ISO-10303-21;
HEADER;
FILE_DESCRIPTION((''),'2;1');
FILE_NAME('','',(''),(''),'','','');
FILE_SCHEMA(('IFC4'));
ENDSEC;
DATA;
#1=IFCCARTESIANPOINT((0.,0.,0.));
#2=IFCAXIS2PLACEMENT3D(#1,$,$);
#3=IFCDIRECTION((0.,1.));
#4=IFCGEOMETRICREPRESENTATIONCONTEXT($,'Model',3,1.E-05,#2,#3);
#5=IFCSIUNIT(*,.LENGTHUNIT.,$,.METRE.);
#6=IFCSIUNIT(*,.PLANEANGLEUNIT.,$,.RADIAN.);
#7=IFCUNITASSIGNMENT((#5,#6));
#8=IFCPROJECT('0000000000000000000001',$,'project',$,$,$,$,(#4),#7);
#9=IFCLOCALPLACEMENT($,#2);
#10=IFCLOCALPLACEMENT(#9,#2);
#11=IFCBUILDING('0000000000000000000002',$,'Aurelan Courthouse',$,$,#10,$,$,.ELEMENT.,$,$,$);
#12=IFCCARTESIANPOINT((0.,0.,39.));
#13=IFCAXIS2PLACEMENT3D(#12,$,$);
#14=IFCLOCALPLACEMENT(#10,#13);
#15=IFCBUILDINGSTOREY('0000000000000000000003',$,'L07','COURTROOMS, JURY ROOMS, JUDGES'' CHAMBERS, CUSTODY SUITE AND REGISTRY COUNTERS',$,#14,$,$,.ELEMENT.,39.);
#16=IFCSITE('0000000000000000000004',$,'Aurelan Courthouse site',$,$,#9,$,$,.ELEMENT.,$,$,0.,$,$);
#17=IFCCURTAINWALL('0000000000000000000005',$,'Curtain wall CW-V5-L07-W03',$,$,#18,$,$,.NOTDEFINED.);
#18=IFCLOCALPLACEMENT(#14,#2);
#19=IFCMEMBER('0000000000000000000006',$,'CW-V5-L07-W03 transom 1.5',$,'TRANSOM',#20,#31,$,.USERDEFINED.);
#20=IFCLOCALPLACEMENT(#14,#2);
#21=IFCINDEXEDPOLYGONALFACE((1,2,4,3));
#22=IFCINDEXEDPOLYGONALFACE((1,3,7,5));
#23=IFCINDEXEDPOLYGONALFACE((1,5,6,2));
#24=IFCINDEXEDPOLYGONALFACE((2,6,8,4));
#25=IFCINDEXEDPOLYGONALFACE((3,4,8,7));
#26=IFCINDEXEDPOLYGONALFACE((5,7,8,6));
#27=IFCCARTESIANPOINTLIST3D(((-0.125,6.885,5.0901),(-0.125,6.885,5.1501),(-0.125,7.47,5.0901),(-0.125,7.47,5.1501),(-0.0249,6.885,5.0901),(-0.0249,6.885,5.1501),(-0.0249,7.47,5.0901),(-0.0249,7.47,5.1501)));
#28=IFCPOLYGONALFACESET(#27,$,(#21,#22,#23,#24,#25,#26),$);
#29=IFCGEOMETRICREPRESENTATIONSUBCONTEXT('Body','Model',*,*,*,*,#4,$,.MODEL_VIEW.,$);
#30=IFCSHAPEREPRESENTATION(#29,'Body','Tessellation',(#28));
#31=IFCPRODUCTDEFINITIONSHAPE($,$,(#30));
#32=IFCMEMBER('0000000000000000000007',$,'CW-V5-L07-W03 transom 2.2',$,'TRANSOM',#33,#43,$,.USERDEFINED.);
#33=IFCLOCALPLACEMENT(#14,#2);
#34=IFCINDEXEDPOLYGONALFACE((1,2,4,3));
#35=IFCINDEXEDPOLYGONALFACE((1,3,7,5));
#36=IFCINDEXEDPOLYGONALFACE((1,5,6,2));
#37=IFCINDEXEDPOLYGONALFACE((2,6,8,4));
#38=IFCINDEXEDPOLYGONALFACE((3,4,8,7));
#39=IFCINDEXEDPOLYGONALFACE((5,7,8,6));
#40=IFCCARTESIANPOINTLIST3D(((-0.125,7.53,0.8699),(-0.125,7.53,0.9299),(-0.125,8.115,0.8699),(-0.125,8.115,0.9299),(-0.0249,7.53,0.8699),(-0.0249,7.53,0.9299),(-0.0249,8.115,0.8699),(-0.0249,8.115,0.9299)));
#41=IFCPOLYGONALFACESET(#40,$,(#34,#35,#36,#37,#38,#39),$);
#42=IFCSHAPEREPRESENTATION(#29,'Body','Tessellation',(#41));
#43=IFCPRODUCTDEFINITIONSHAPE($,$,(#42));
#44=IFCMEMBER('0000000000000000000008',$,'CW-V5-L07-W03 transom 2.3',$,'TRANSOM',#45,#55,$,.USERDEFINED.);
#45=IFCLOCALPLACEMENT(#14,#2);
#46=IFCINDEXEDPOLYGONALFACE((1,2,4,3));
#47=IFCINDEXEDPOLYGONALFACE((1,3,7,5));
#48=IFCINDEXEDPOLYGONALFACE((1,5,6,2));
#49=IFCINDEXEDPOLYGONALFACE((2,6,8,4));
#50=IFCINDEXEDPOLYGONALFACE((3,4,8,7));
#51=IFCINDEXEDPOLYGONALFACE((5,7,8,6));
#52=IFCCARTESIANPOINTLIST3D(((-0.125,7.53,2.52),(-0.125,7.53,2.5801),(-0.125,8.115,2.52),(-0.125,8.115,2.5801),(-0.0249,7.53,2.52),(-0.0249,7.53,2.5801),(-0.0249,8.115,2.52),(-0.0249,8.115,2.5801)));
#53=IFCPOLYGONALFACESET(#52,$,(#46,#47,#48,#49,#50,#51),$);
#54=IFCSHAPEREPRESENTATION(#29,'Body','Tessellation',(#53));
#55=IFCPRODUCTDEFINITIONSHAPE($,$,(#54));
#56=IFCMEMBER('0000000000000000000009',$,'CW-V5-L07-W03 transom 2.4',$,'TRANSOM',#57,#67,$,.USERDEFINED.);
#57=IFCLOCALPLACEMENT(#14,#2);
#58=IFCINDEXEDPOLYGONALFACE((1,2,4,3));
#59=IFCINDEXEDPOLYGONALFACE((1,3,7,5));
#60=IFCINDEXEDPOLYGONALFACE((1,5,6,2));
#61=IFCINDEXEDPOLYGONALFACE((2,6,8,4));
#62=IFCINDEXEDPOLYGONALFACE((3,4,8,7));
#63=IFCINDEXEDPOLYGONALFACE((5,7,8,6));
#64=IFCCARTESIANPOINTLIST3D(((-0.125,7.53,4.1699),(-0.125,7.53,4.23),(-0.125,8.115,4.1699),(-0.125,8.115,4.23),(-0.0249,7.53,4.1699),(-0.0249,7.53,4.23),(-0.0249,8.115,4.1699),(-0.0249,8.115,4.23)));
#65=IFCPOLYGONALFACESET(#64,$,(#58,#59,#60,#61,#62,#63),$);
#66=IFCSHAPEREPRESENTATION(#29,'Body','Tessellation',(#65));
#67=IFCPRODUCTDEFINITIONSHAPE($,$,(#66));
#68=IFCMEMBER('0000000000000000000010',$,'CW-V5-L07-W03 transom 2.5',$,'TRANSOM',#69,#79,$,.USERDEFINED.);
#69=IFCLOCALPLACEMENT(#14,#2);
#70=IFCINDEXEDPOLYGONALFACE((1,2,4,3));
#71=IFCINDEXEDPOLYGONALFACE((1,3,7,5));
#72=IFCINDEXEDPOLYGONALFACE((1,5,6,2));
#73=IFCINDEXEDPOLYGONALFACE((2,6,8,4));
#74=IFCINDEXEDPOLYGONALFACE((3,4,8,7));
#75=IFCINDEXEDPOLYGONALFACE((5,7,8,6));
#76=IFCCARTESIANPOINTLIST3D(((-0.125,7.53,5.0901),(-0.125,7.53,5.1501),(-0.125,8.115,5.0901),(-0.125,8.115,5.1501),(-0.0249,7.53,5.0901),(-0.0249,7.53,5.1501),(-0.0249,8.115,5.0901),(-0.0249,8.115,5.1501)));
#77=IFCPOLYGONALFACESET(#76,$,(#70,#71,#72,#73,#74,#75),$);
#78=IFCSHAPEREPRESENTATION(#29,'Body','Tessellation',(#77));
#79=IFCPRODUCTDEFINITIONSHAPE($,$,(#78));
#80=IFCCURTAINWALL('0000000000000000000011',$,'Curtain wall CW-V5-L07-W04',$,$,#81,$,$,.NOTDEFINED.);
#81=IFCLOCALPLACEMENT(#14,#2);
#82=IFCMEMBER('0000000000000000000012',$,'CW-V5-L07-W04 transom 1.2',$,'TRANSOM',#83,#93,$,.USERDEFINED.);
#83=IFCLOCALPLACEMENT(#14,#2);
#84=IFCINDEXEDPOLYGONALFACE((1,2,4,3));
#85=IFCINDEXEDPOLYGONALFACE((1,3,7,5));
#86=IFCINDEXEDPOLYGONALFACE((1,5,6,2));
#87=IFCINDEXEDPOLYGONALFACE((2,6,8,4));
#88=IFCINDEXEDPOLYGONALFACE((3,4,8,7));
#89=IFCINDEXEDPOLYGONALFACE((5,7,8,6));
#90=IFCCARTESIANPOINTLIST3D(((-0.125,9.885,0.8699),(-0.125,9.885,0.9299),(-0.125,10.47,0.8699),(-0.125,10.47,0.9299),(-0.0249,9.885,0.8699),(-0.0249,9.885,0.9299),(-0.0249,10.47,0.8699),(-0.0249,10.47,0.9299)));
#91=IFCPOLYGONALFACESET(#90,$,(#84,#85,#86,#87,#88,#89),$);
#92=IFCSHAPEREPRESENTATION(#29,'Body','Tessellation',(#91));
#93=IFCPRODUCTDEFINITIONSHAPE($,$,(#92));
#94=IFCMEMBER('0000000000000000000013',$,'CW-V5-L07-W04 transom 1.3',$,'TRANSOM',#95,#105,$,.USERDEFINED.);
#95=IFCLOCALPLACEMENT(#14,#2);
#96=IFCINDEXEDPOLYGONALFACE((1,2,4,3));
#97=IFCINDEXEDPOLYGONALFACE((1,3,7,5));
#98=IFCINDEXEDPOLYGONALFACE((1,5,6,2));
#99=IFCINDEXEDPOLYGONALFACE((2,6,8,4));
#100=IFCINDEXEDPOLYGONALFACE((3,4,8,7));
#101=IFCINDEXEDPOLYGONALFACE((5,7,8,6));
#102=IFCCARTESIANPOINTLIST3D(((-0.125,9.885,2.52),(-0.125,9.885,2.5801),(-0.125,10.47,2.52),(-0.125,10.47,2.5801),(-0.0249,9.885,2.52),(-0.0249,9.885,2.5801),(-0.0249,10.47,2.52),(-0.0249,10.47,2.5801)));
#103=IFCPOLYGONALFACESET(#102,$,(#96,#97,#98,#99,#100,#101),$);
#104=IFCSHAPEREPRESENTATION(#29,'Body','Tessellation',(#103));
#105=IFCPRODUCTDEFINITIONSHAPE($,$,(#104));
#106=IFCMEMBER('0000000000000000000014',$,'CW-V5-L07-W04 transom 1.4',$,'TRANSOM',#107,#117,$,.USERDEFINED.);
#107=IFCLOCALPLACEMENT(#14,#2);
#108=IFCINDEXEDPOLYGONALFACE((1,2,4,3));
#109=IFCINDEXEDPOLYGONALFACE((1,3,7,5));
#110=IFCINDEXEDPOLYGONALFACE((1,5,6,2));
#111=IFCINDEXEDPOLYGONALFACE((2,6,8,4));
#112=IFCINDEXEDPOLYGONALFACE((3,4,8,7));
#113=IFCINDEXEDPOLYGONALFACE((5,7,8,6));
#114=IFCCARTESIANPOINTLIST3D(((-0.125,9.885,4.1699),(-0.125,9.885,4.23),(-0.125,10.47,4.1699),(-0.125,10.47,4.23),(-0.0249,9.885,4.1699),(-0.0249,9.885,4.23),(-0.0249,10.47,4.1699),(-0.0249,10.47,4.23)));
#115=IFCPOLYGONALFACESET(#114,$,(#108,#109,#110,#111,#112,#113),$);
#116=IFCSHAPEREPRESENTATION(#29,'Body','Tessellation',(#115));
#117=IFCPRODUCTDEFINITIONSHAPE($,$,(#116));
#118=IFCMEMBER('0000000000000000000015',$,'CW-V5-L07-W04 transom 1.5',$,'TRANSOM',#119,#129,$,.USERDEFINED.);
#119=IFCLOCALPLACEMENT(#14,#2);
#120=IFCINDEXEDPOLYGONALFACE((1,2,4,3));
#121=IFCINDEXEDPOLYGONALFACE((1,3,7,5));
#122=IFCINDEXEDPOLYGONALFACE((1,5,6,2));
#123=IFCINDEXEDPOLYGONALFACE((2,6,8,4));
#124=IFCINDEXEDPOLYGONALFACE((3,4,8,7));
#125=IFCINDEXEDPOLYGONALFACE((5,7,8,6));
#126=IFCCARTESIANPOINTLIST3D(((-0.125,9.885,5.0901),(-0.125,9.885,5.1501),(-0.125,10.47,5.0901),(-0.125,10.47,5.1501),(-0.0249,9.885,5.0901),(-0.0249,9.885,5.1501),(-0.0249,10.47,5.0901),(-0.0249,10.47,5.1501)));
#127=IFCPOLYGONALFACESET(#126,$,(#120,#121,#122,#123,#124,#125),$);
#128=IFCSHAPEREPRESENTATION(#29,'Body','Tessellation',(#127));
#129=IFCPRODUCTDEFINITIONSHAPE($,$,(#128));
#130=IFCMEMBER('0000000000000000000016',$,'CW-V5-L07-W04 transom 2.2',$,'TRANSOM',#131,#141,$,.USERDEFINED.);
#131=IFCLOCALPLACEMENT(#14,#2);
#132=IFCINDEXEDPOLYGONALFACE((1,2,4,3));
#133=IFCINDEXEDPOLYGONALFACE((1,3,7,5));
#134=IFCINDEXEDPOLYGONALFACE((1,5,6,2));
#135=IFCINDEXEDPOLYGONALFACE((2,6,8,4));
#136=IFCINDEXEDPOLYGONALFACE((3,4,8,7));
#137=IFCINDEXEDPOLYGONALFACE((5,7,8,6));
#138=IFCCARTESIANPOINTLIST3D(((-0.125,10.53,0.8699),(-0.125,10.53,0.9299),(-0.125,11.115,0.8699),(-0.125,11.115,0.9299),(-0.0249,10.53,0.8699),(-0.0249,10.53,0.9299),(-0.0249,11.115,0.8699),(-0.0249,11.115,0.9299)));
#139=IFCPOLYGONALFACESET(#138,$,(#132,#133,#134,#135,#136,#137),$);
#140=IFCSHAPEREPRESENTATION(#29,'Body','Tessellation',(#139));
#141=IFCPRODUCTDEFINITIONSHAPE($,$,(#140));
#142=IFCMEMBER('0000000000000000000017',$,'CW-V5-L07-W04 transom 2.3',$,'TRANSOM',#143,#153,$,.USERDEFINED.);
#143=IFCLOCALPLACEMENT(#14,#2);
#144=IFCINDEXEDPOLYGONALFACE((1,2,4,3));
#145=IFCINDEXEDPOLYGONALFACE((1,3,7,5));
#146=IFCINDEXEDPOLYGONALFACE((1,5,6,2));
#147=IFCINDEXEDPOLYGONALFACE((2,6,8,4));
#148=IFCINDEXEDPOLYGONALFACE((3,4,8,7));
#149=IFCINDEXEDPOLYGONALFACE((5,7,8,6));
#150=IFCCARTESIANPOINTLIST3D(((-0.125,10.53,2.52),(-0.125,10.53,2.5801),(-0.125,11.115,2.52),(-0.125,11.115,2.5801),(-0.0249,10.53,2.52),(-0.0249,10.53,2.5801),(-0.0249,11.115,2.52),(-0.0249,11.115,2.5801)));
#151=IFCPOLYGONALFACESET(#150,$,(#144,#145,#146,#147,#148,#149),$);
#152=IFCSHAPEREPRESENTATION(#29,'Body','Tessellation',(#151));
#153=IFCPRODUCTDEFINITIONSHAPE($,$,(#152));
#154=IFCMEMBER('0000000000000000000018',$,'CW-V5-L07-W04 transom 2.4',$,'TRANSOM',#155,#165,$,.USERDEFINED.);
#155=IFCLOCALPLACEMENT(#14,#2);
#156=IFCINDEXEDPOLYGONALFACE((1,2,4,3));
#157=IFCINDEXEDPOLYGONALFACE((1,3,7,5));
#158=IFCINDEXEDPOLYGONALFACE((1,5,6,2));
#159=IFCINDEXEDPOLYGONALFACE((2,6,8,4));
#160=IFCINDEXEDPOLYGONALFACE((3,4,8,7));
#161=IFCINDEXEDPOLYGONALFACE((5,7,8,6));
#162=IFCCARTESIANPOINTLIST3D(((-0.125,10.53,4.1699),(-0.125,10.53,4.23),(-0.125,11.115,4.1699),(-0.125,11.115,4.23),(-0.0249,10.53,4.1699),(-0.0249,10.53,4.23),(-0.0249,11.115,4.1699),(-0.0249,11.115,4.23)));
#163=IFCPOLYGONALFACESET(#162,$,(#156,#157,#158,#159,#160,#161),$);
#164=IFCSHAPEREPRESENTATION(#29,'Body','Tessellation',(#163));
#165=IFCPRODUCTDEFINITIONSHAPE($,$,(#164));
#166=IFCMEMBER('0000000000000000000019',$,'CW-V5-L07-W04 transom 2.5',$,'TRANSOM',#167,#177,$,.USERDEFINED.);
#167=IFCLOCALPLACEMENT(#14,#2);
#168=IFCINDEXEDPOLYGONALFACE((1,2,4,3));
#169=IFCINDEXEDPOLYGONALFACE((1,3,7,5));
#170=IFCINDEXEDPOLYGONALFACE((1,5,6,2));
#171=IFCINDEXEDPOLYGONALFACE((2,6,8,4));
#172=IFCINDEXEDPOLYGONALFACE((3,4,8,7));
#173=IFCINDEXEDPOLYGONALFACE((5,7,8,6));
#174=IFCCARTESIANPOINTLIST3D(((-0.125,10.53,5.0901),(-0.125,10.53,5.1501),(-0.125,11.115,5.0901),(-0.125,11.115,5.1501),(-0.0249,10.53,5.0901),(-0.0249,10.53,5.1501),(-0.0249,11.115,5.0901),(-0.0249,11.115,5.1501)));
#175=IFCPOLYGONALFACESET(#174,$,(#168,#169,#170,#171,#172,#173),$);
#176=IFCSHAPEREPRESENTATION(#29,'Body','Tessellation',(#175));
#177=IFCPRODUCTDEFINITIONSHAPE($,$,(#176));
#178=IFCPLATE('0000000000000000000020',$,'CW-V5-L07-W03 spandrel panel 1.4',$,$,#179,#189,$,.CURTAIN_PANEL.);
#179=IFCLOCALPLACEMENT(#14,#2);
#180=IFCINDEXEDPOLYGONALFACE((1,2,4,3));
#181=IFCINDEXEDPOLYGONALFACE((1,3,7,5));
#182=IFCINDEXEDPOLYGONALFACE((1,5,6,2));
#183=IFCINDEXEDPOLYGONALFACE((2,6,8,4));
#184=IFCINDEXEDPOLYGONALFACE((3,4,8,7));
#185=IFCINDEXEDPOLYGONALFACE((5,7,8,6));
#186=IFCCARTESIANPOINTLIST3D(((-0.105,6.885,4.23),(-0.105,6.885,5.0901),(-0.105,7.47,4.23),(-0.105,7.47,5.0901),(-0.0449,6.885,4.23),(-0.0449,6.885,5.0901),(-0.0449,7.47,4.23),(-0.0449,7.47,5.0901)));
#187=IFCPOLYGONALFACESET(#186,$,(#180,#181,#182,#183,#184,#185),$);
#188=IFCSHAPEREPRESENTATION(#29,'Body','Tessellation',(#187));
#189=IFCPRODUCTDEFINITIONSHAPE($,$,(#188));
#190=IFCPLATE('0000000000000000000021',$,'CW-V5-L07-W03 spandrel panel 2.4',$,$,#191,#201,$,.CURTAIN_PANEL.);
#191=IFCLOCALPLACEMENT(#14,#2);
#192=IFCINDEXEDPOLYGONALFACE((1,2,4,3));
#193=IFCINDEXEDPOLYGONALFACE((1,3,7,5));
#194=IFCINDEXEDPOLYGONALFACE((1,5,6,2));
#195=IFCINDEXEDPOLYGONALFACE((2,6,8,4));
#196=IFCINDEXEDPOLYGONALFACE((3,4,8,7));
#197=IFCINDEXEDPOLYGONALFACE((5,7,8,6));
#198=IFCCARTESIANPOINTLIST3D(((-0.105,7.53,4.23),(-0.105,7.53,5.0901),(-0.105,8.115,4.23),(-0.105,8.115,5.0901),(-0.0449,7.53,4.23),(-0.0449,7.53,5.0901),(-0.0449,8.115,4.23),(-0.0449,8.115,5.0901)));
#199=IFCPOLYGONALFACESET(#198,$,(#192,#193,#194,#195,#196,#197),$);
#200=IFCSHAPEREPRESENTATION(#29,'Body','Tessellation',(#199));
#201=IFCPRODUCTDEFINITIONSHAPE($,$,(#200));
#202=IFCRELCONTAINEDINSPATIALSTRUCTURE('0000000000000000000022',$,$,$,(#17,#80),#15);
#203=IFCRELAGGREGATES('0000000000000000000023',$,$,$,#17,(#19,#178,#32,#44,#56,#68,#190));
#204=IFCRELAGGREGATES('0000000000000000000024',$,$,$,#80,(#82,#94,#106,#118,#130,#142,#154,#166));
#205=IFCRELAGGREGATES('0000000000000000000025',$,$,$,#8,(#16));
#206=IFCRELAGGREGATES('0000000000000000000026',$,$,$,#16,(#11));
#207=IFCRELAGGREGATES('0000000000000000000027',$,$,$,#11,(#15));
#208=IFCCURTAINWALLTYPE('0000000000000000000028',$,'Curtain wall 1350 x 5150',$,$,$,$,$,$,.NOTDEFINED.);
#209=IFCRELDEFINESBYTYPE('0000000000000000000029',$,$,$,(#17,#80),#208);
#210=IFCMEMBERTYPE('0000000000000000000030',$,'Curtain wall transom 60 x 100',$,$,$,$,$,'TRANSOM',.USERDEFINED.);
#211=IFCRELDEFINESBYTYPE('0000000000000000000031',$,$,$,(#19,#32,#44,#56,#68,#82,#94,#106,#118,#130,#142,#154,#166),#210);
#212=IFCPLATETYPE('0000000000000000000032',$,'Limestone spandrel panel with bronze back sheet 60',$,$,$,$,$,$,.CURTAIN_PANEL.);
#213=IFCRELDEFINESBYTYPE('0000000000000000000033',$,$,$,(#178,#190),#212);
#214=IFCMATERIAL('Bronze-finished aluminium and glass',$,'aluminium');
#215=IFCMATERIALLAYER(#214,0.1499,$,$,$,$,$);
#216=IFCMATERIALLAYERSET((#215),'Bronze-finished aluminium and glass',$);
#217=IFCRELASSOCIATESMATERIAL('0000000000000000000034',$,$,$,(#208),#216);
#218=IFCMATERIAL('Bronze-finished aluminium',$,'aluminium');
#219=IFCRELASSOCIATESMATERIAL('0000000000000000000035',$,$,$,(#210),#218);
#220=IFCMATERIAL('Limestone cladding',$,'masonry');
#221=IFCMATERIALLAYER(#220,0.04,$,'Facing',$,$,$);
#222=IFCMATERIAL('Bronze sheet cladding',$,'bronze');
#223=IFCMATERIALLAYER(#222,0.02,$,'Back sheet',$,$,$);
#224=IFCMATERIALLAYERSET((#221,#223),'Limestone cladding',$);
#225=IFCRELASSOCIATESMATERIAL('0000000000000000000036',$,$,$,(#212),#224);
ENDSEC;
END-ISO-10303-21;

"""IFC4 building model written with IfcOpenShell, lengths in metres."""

from ifc_helpers import new_model, si_unit, direction, frame, origin, origin_2d, place, context, subcontext, project, spatial, rectangle, extrude, material, layer, layer_set, material_profile, profile_set, type_object, element, aggregate, save


model = new_model("IFC4")

# Units and contexts
model_context = context("Model", 3, precision=1e-05, world=origin(), true_north=direction((0.0, 1.0)))
body_context = subcontext(model_context, "Body", "Model", "MODEL_VIEW")
ifc_project = project(units=[si_unit("LENGTHUNIT", "METRE"), si_unit("PLANEANGLEUNIT", "RADIAN")], contexts=[model_context])

# Site, building, storey
site_placement = place(None, origin())
site = spatial("IfcSite", under=ifc_project, at=site_placement, Name="Aurelan Courthouse site", CompositionType="ELEMENT", RefElevation=0.0)
building_placement = place(site_placement, origin())
building = spatial("IfcBuilding", under=site, at=building_placement, Name="Aurelan Courthouse", CompositionType="ELEMENT")
storey_placement = place(building_placement, frame((0.0, 0.0, 39.0)))
storey = spatial("IfcBuildingStorey", under=building, at=storey_placement, Name="L07", Description="COURTROOMS, JURY ROOMS, JUDGES' CHAMBERS, CUSTODY SUITE AND REGISTRY COUNTERS", CompositionType="ELEMENT", Elevation=39.0)

# Curtain walls, members
ifc_material_1 = material(Name="Bronze-finished aluminium and glass", Category="aluminium")
ifc_layer_1 = layer(ifc_material_1, 0.1499)
ifc_layer_set_1 = layer_set([ifc_layer_1], Name="Bronze-finished aluminium and glass")
curtain_wall_type = type_object("IfcCurtainWallType", Name="Curtain wall 1350 x 5150", PredefinedType="NOTDEFINED", material=ifc_layer_set_1)
curtain_wall_1_placement = place(storey_placement, origin())
curtain_wall_1 = element("IfcCurtainWall", 1, at=curtain_wall_1_placement, inside=storey, type_object=curtain_wall_type, Name="Curtain wall CW-V5-L07-W03", PredefinedType="NOTDEFINED")
ifc_material_2 = material(Name="Bronze-finished aluminium", Category="aluminium")
ifc_material_profile = material_profile(ifc_material_2, rectangle(XDim=0.1001, YDim=0.0601, at=origin_2d()), Name="Bronze transom 60 x 100")
ifc_profile_set = profile_set([ifc_material_profile], Name="Bronze-finished aluminium")
member_type = type_object("IfcMemberType", Name="Curtain wall transom 60 x 100", ElementType="TRANSOM", PredefinedType="USERDEFINED", material=ifc_profile_set)
member_1_placement = place(storey_placement, frame((-0.075, 6.885, 5.1201), z_axis=(0.0, 1.0, 0.0), x_axis=(-1.0, 0.0, 0.0)))
member_1 = element("IfcMember", 2, at=member_1_placement, type_object=member_type, Name="CW-V5-L07-W03 transom 1.5", ObjectType="TRANSOM", PredefinedType="USERDEFINED", context=body_context, shape_type="SweptSolid", body=[
    extrude(rectangle(XDim=0.1001, YDim=0.0601, at=origin_2d()), origin(), (0.0, 0.0, 1.0), 0.585),
])
member_2_placement = place(storey_placement, frame((-0.075, 7.53, 0.8999), z_axis=(0.0, 1.0, 0.0), x_axis=(-1.0, 0.0, 0.0)))
member_2 = element("IfcMember", 3, at=member_2_placement, type_object=member_type, Name="CW-V5-L07-W03 transom 2.2", ObjectType="TRANSOM", PredefinedType="USERDEFINED", context=body_context, shape_type="SweptSolid", body=[
    extrude(rectangle(XDim=0.1001, YDim=0.0601, at=origin_2d()), origin(), (0.0, 0.0, 1.0), 0.585),
])
member_3_placement = place(storey_placement, frame((-0.075, 7.53, 2.55), z_axis=(0.0, 1.0, 0.0), x_axis=(-1.0, 0.0, 0.0)))
member_3 = element("IfcMember", 4, at=member_3_placement, type_object=member_type, Name="CW-V5-L07-W03 transom 2.3", ObjectType="TRANSOM", PredefinedType="USERDEFINED", context=body_context, shape_type="SweptSolid", body=[
    extrude(rectangle(XDim=0.1001, YDim=0.0601, at=origin_2d()), origin(), (0.0, 0.0, 1.0), 0.585),
])
member_4_placement = place(storey_placement, frame((-0.075, 7.53, 4.2), z_axis=(0.0, 1.0, 0.0), x_axis=(-1.0, 0.0, 0.0)))
member_4 = element("IfcMember", 5, at=member_4_placement, type_object=member_type, Name="CW-V5-L07-W03 transom 2.4", ObjectType="TRANSOM", PredefinedType="USERDEFINED", context=body_context, shape_type="SweptSolid", body=[
    extrude(rectangle(XDim=0.1001, YDim=0.0601, at=origin_2d()), origin(), (0.0, 0.0, 1.0), 0.585),
])
member_5_placement = place(storey_placement, frame((-0.075, 7.53, 5.1201), z_axis=(0.0, 1.0, 0.0), x_axis=(-1.0, 0.0, 0.0)))
member_5 = element("IfcMember", 6, at=member_5_placement, type_object=member_type, Name="CW-V5-L07-W03 transom 2.5", ObjectType="TRANSOM", PredefinedType="USERDEFINED", context=body_context, shape_type="SweptSolid", body=[
    extrude(rectangle(XDim=0.1001, YDim=0.0601, at=origin_2d()), origin(), (0.0, 0.0, 1.0), 0.585),
])
curtain_wall_2_placement = place(storey_placement, origin())
curtain_wall_2 = element("IfcCurtainWall", 7, at=curtain_wall_2_placement, inside=storey, type_object=curtain_wall_type, Name="Curtain wall CW-V5-L07-W04", PredefinedType="NOTDEFINED")
member_6_placement = place(storey_placement, frame((-0.075, 9.885, 0.8999), z_axis=(0.0, 1.0, 0.0), x_axis=(-1.0, 0.0, 0.0)))
member_6 = element("IfcMember", 8, at=member_6_placement, type_object=member_type, Name="CW-V5-L07-W04 transom 1.2", ObjectType="TRANSOM", PredefinedType="USERDEFINED", context=body_context, shape_type="SweptSolid", body=[
    extrude(rectangle(XDim=0.1001, YDim=0.0601, at=origin_2d()), origin(), (0.0, 0.0, 1.0), 0.585),
])
member_7_placement = place(storey_placement, frame((-0.075, 9.885, 2.55), z_axis=(0.0, 1.0, 0.0), x_axis=(-1.0, 0.0, 0.0)))
member_7 = element("IfcMember", 9, at=member_7_placement, type_object=member_type, Name="CW-V5-L07-W04 transom 1.3", ObjectType="TRANSOM", PredefinedType="USERDEFINED", context=body_context, shape_type="SweptSolid", body=[
    extrude(rectangle(XDim=0.1001, YDim=0.0601, at=origin_2d()), origin(), (0.0, 0.0, 1.0), 0.585),
])
member_8_placement = place(storey_placement, frame((-0.075, 9.885, 4.2), z_axis=(0.0, 1.0, 0.0), x_axis=(-1.0, 0.0, 0.0)))
member_8 = element("IfcMember", 10, at=member_8_placement, type_object=member_type, Name="CW-V5-L07-W04 transom 1.4", ObjectType="TRANSOM", PredefinedType="USERDEFINED", context=body_context, shape_type="SweptSolid", body=[
    extrude(rectangle(XDim=0.1001, YDim=0.0601, at=origin_2d()), origin(), (0.0, 0.0, 1.0), 0.585),
])
member_9_placement = place(storey_placement, frame((-0.075, 9.885, 5.1201), z_axis=(0.0, 1.0, 0.0), x_axis=(-1.0, 0.0, 0.0)))
member_9 = element("IfcMember", 11, at=member_9_placement, type_object=member_type, Name="CW-V5-L07-W04 transom 1.5", ObjectType="TRANSOM", PredefinedType="USERDEFINED", context=body_context, shape_type="SweptSolid", body=[
    extrude(rectangle(XDim=0.1001, YDim=0.0601, at=origin_2d()), origin(), (0.0, 0.0, 1.0), 0.585),
])
member_10_placement = place(storey_placement, frame((-0.075, 10.53, 0.8999), z_axis=(0.0, 1.0, 0.0), x_axis=(-1.0, 0.0, 0.0)))
member_10 = element("IfcMember", 12, at=member_10_placement, type_object=member_type, Name="CW-V5-L07-W04 transom 2.2", ObjectType="TRANSOM", PredefinedType="USERDEFINED", context=body_context, shape_type="SweptSolid", body=[
    extrude(rectangle(XDim=0.1001, YDim=0.0601, at=origin_2d()), origin(), (0.0, 0.0, 1.0), 0.585),
])
member_11_placement = place(storey_placement, frame((-0.075, 10.53, 2.55), z_axis=(0.0, 1.0, 0.0), x_axis=(-1.0, 0.0, 0.0)))
member_11 = element("IfcMember", 13, at=member_11_placement, type_object=member_type, Name="CW-V5-L07-W04 transom 2.3", ObjectType="TRANSOM", PredefinedType="USERDEFINED", context=body_context, shape_type="SweptSolid", body=[
    extrude(rectangle(XDim=0.1001, YDim=0.0601, at=origin_2d()), origin(), (0.0, 0.0, 1.0), 0.585),
])
member_12_placement = place(storey_placement, frame((-0.075, 10.53, 4.2), z_axis=(0.0, 1.0, 0.0), x_axis=(-1.0, 0.0, 0.0)))
member_12 = element("IfcMember", 14, at=member_12_placement, type_object=member_type, Name="CW-V5-L07-W04 transom 2.4", ObjectType="TRANSOM", PredefinedType="USERDEFINED", context=body_context, shape_type="SweptSolid", body=[
    extrude(rectangle(XDim=0.1001, YDim=0.0601, at=origin_2d()), origin(), (0.0, 0.0, 1.0), 0.585),
])
member_13_placement = place(storey_placement, frame((-0.075, 10.53, 5.1201), z_axis=(0.0, 1.0, 0.0), x_axis=(-1.0, 0.0, 0.0)))
member_13 = element("IfcMember", 15, at=member_13_placement, type_object=member_type, Name="CW-V5-L07-W04 transom 2.5", ObjectType="TRANSOM", PredefinedType="USERDEFINED", context=body_context, shape_type="SweptSolid", body=[
    extrude(rectangle(XDim=0.1001, YDim=0.0601, at=origin_2d()), origin(), (0.0, 0.0, 1.0), 0.585),
])

# Plates
ifc_material_3 = material(Name="Limestone cladding", Category="masonry")
ifc_layer_2 = layer(ifc_material_3, 0.04, Name="Facing")
ifc_material_4 = material(Name="Bronze sheet cladding", Category="bronze")
ifc_layer_3 = layer(ifc_material_4, 0.02, Name="Back sheet")
ifc_layer_set_2 = layer_set([ifc_layer_2, ifc_layer_3], Name="Limestone cladding")
plate_type_1 = type_object("IfcPlateType", Name="Limestone spandrel panel with bronze back sheet 60", PredefinedType="CURTAIN_PANEL", material=ifc_layer_set_2)
plate_1_placement = place(storey_placement, frame((-0.075, 7.1775, 4.23), z_axis=(0.0, 0.0, 1.0), x_axis=(0.0, 1.0, 0.0)))
plate_1 = element("IfcPlate", 16, at=plate_1_placement, type_object=plate_type_1, Name="CW-V5-L07-W03 spandrel panel 1.4", PredefinedType="CURTAIN_PANEL", context=body_context, shape_type="SweptSolid", body=[
    extrude(rectangle(XDim=0.585, YDim=0.0601, at=origin_2d()), origin(), (0.0, 0.0, 1.0), 0.8601),
])
plate_2_placement = place(storey_placement, frame((-0.075, 7.8225, 4.23), z_axis=(0.0, 0.0, 1.0), x_axis=(0.0, 1.0, 0.0)))
plate_2 = element("IfcPlate", 17, at=plate_2_placement, type_object=plate_type_1, Name="CW-V5-L07-W03 spandrel panel 2.4", PredefinedType="CURTAIN_PANEL", context=body_context, shape_type="SweptSolid", body=[
    extrude(rectangle(XDim=0.585, YDim=0.0601, at=origin_2d()), origin(), (0.0, 0.0, 1.0), 0.8601),
])
aggregate(curtain_wall_1, [member_1, plate_1, member_2, member_3, member_4, member_5, plate_2])
aggregate(curtain_wall_2, [member_6, member_7, member_8, member_9, member_10, member_11, member_12, member_13])

save(model, "model.ifc")
